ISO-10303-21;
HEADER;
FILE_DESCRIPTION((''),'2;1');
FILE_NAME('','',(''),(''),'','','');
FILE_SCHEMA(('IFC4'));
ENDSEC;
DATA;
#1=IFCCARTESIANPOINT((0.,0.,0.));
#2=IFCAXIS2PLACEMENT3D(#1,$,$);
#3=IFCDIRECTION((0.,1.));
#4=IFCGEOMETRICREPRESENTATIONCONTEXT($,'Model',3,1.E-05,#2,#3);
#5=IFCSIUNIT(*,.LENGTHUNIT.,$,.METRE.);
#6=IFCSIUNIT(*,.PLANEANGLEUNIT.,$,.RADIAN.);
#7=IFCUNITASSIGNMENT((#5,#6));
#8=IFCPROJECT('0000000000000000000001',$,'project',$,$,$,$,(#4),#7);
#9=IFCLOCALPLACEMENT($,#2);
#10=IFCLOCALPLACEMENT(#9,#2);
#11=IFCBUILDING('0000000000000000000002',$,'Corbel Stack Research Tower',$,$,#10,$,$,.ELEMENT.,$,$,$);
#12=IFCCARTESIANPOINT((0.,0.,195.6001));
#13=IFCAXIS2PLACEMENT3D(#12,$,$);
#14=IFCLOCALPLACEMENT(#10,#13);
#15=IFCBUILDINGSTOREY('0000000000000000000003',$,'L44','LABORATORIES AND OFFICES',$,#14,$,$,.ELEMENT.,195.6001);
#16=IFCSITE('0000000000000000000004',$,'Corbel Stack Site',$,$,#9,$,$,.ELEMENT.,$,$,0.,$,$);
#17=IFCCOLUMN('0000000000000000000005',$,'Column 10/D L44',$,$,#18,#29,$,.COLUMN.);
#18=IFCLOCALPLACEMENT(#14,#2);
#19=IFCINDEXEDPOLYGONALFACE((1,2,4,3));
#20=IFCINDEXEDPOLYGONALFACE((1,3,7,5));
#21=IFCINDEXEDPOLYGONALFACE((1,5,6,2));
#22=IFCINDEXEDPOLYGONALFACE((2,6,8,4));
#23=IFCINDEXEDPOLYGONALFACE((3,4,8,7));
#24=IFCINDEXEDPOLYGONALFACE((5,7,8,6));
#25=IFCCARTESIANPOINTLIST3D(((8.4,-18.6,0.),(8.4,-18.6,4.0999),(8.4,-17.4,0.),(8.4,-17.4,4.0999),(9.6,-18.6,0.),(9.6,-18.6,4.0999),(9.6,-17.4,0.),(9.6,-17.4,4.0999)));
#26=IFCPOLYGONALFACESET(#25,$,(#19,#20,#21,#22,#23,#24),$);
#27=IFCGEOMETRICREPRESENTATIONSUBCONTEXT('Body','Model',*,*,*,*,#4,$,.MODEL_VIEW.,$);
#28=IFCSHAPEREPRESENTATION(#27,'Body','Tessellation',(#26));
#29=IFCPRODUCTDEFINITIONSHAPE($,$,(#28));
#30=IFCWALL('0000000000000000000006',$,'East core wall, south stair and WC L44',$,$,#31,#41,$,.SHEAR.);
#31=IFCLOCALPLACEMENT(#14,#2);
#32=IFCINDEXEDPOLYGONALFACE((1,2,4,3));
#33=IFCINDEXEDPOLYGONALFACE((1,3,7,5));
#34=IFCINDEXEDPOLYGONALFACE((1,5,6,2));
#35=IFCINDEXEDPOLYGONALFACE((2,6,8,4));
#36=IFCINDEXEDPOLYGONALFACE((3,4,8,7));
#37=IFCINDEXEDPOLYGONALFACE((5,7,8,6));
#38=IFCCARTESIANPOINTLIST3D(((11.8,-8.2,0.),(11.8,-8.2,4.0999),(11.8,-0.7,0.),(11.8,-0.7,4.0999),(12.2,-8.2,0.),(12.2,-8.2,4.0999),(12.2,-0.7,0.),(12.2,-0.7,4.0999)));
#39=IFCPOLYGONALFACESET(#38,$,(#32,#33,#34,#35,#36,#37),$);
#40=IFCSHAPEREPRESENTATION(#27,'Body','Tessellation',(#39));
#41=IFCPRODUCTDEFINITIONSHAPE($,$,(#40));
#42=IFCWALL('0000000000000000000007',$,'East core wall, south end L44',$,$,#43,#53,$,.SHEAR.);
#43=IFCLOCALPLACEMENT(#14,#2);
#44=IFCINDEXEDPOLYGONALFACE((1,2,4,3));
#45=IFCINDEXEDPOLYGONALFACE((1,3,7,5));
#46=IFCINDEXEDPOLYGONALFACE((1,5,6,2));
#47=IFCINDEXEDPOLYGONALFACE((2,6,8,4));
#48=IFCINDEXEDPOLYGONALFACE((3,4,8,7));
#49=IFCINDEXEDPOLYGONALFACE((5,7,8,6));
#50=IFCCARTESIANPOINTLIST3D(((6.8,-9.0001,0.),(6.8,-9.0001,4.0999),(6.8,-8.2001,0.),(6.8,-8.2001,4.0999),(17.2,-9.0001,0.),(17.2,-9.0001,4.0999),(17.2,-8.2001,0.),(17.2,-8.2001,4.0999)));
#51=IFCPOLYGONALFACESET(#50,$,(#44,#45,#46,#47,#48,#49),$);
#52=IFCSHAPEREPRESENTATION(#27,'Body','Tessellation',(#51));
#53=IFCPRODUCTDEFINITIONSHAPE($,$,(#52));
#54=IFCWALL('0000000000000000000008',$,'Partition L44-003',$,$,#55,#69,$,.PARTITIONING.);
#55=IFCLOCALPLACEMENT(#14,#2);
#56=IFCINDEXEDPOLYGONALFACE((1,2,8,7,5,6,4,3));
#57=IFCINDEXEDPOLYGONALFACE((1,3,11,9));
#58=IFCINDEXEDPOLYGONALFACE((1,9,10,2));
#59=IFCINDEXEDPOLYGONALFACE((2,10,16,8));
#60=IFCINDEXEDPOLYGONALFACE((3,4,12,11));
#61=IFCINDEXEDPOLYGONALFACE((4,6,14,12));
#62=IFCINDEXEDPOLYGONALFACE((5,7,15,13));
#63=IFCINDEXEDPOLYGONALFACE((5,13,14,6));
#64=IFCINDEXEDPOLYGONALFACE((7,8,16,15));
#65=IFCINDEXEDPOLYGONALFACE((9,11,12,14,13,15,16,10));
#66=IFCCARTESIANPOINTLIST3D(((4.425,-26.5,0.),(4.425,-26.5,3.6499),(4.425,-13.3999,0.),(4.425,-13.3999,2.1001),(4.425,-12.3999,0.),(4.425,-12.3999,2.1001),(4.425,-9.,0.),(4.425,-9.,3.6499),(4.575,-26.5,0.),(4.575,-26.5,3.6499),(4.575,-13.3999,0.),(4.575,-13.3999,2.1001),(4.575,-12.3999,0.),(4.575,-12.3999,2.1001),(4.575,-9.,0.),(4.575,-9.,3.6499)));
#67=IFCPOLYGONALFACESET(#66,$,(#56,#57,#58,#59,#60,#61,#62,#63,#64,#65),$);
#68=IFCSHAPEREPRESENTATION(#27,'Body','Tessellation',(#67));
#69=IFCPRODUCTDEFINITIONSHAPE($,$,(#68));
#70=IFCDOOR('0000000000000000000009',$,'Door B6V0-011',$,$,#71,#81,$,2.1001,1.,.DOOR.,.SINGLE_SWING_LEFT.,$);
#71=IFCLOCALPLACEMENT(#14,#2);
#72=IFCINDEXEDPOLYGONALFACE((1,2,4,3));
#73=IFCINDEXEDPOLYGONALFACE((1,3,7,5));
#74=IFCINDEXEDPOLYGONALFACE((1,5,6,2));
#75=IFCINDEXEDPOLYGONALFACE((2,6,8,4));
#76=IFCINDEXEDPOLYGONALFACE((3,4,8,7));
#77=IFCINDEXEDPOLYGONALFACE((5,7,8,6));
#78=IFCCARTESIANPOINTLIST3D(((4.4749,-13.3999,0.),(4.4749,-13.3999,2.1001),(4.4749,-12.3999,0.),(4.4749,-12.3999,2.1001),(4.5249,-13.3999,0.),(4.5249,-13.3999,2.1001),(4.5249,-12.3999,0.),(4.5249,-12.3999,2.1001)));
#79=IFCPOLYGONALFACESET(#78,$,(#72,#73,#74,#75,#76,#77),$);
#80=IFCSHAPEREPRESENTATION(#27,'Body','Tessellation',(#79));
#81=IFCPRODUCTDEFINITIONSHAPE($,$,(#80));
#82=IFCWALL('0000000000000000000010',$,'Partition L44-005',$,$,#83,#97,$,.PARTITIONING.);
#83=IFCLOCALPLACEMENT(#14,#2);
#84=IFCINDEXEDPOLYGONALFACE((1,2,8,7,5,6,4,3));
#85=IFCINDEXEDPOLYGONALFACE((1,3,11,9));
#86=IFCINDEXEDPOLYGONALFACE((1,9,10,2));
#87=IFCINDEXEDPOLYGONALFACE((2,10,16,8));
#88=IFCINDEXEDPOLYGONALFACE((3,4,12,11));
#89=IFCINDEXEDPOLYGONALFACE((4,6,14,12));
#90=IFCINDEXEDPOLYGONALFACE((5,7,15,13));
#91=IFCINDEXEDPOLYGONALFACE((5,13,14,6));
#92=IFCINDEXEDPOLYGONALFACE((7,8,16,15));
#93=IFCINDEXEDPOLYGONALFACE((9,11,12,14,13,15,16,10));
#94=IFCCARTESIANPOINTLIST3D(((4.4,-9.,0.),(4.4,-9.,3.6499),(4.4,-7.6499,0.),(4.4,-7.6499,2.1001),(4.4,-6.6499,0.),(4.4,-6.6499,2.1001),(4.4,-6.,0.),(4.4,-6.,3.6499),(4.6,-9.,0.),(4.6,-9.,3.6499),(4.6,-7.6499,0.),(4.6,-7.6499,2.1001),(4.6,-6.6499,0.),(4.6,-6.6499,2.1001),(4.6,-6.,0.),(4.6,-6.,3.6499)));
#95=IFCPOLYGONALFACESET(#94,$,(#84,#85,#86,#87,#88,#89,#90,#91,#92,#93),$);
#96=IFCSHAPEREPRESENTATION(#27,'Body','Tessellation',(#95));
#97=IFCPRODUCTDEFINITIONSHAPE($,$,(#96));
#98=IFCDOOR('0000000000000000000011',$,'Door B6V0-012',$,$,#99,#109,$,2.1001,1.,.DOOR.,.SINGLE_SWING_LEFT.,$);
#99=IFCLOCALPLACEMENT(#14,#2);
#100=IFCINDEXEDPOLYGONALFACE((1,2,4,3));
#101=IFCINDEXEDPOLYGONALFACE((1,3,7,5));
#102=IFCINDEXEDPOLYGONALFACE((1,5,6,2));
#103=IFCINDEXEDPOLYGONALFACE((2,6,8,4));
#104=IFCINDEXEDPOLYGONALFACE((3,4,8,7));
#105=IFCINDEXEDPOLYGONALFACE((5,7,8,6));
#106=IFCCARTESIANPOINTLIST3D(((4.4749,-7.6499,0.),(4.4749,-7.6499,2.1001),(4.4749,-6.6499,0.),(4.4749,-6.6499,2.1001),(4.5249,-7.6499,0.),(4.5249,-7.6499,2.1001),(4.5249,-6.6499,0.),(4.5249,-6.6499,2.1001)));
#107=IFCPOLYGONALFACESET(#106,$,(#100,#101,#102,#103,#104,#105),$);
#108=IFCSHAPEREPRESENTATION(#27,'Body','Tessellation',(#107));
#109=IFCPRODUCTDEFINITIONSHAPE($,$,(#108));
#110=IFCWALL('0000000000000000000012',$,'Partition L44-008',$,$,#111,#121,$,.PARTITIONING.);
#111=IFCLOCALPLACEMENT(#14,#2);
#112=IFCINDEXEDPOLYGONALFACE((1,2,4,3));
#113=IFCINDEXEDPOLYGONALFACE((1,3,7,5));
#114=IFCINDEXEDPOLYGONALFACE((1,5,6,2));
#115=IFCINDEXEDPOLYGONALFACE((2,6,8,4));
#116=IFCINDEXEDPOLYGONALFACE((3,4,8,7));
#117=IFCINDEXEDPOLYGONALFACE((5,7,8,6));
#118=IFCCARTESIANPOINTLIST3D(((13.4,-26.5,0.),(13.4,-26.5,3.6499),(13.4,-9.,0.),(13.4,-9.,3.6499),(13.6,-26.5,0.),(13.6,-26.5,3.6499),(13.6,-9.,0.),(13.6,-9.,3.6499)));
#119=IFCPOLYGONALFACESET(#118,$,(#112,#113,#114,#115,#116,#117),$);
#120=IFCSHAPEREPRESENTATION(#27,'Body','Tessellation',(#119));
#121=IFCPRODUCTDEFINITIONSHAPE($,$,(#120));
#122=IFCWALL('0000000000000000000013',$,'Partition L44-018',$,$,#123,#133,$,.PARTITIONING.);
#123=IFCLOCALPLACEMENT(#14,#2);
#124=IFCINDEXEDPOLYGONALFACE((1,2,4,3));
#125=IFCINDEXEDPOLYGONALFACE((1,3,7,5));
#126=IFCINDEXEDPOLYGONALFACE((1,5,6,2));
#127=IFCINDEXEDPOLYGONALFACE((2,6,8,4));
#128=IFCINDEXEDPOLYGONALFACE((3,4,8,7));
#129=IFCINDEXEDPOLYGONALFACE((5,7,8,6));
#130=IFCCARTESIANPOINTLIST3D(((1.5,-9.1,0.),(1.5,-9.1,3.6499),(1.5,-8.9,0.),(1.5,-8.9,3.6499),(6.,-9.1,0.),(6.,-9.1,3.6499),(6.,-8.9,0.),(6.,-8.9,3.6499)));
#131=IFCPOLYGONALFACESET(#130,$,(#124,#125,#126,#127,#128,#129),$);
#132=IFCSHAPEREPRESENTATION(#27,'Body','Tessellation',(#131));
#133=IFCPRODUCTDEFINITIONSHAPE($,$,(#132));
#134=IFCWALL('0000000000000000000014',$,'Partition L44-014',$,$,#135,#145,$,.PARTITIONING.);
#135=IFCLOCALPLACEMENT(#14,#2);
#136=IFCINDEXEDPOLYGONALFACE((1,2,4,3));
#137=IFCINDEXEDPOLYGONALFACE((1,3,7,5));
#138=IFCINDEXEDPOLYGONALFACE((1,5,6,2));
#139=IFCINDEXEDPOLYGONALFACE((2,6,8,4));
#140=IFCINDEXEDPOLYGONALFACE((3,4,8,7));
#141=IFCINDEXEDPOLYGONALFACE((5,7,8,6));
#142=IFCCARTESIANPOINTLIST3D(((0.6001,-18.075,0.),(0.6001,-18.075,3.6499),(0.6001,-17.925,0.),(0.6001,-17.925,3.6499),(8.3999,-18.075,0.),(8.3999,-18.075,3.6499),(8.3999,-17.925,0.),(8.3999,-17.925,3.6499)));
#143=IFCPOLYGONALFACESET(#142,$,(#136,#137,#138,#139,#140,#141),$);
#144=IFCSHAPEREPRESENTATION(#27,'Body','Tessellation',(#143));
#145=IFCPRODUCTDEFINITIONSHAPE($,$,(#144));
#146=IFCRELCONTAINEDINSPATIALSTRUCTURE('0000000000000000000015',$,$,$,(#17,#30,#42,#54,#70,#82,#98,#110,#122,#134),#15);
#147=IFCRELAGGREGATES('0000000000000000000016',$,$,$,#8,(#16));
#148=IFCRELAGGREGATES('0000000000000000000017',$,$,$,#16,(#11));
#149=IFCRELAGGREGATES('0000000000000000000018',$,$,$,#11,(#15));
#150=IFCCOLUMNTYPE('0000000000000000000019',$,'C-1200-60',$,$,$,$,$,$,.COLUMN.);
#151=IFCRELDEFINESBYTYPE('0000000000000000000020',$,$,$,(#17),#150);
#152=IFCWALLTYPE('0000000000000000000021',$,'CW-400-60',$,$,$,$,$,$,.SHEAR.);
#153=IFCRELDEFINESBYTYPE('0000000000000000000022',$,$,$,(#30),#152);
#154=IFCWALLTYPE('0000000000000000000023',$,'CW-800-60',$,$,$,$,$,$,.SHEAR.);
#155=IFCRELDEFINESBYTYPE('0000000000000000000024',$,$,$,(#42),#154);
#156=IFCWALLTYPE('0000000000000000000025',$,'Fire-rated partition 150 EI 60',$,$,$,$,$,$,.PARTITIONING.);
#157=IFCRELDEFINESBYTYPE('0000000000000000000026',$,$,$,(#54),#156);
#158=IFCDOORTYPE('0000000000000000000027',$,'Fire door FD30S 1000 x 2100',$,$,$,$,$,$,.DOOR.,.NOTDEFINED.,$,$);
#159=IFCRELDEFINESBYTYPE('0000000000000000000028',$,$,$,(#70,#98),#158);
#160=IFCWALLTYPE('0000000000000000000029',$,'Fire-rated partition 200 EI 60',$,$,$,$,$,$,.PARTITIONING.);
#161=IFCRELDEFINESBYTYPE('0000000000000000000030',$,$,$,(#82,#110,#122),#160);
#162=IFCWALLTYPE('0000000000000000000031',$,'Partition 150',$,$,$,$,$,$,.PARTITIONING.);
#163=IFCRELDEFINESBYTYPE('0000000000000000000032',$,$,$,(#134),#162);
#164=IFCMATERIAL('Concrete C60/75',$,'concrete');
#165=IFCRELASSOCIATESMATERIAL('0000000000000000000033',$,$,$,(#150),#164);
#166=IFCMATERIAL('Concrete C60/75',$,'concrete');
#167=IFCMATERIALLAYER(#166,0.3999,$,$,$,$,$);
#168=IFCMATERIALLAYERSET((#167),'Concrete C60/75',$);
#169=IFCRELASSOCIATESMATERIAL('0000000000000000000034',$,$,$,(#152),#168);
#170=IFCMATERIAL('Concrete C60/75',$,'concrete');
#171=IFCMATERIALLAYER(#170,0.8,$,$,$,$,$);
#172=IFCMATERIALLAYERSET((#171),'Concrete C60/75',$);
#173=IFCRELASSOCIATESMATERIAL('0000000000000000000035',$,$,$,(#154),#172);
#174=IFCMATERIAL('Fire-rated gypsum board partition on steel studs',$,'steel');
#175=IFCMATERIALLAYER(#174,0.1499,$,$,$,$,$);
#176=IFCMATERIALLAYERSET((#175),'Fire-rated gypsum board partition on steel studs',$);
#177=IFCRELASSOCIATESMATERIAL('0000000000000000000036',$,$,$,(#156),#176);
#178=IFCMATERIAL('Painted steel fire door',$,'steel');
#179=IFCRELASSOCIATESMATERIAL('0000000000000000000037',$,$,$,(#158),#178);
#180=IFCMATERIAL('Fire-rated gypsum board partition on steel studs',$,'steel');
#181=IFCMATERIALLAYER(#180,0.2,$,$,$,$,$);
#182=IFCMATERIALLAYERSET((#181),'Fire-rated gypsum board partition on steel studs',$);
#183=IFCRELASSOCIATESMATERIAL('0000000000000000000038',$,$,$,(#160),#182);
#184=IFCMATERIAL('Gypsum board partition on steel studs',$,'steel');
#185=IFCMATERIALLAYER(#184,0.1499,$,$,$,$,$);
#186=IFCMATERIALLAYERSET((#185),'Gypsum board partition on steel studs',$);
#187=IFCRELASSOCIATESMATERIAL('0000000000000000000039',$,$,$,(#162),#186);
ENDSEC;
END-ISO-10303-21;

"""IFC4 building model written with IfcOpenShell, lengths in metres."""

from ifc_helpers import new_model, si_unit, direction, frame, frame_2d, origin, origin_2d, place, context, subcontext, project, spatial, rectangle, extrude, material, layer, layer_set, material_profile, profile_set, type_object, element, fill, save


model = new_model("IFC4")

# Units and contexts
model_context = context("Model", 3, precision=1e-05, world=origin(), true_north=direction((0.0, 1.0)))
body_context = subcontext(model_context, "Body", "Model", "MODEL_VIEW")
ifc_project = project(units=[si_unit("LENGTHUNIT", "METRE"), si_unit("PLANEANGLEUNIT", "RADIAN")], contexts=[model_context])

# Site, building, storey
site_placement = place(None, origin())
site = spatial("IfcSite", under=ifc_project, at=site_placement, Name="Corbel Stack Site", CompositionType="ELEMENT", RefElevation=0.0)
building_placement = place(site_placement, origin())
building = spatial("IfcBuilding", under=site, at=building_placement, Name="Corbel Stack Research Tower", CompositionType="ELEMENT")
storey_placement = place(building_placement, frame((0.0, 0.0, 195.6001)))
storey = spatial("IfcBuildingStorey", under=building, at=storey_placement, Name="L44", Description="LABORATORIES AND OFFICES", CompositionType="ELEMENT", Elevation=195.6001)

# Column
ifc_material_1 = material(Name="Concrete C60/75", Category="concrete")
ifc_material_profile = material_profile(ifc_material_1, rectangle(XDim=1.2, YDim=1.2, at=origin_2d()), Name="RC 1200 x 1200")
ifc_profile_set = profile_set([ifc_material_profile], Name="Concrete C60/75")
column_type = type_object("IfcColumnType", Name="C-1200-60", PredefinedType="COLUMN", material=ifc_profile_set)
column_placement = place(storey_placement, frame((9.0, -18.0, 0.0), z_axis=(0.0, 0.0, 1.0), x_axis=(1.0, 0.0, 0.0)))
element("IfcColumn", 1, at=column_placement, inside=storey, type_object=column_type, Name="Column 10/D L44", PredefinedType="COLUMN", context=body_context, shape_type="SweptSolid", body=[
    extrude(rectangle(XDim=1.2, YDim=1.2, at=origin_2d()), origin(), (0.0, 0.0, 1.0), 4.0999),
])

# Wall
ifc_material_2 = material(Name="Concrete C60/75", Category="concrete")
ifc_layer_1 = layer(ifc_material_2, 0.3999)
ifc_layer_set_1 = layer_set([ifc_layer_1], Name="Concrete C60/75")
wall_type_1 = type_object("IfcWallType", Name="CW-400-60", PredefinedType="SHEAR", material=ifc_layer_set_1)
wall_1_placement = place(storey_placement, frame((12.0, -8.2, 0.0), z_axis=(0.0, 0.0, 1.0), x_axis=(0.0, 1.0, 0.0)))
element("IfcWall", 2, at=wall_1_placement, inside=storey, type_object=wall_type_1, Name="East core wall, south stair and WC L44", PredefinedType="SHEAR", context=body_context, shape_type="SweptSolid", body=[
    extrude(rectangle(XDim=7.5, YDim=0.3999, at=frame_2d((3.75, 0.0))), origin(), (0.0, 0.0, 1.0), 4.0999),
])

# Shared definitions
ifc_material_3 = material(Name="Concrete C60/75", Category="concrete")
ifc_layer_2 = layer(ifc_material_3, 0.8)
ifc_layer_set_2 = layer_set([ifc_layer_2], Name="Concrete C60/75")
wall_type_2 = type_object("IfcWallType", Name="CW-800-60", PredefinedType="SHEAR", material=ifc_layer_set_2)

# Wall
wall_2_placement = place(storey_placement, frame((6.8, -8.6001, 0.0), z_axis=(0.0, 0.0, 1.0), x_axis=(1.0, 0.0, 0.0)))
element("IfcWall", 3, at=wall_2_placement, inside=storey, type_object=wall_type_2, Name="East core wall, south end L44", PredefinedType="SHEAR", context=body_context, shape_type="SweptSolid", body=[
    extrude(rectangle(XDim=10.3999, YDim=0.8, at=frame_2d((5.2, 0.0))), origin(), (0.0, 0.0, 1.0), 4.0999),
])

# Walls, openings, doors
ifc_material_4 = material(Name="Fire-rated gypsum board partition on steel studs", Category="steel")
ifc_layer_3 = layer(ifc_material_4, 0.1499)
ifc_layer_set_3 = layer_set([ifc_layer_3], Name="Fire-rated gypsum board partition on steel studs")
wall_type_3 = type_object("IfcWallType", Name="Fire-rated partition 150 EI 60", PredefinedType="PARTITIONING", material=ifc_layer_set_3)
wall_3_placement = place(storey_placement, frame((4.5, -9.0, 0.0), z_axis=(0.0, 0.0, 1.0), x_axis=(0.0, -1.0, 0.0)))
wall_3 = element("IfcWall", 4, at=wall_3_placement, inside=storey, type_object=wall_type_3, Name="Partition L44-003", PredefinedType="PARTITIONING", context=body_context, shape_type="SweptSolid", body=[
    extrude(rectangle(XDim=17.5, YDim=0.1499, at=frame_2d((8.75, 0.0))), origin(), (0.0, 0.0, 1.0), 3.6499),
])
opening_1_placement = place(wall_3_placement, frame((3.3999, 0.0, 0.0)))
opening_1 = element("IfcOpeningElement", 5, at=opening_1_placement, cuts=wall_3, PredefinedType="OPENING", context=body_context, shape_type="SweptSolid", body=[
    extrude(rectangle(XDim=1.0, YDim=2.1001, at=frame_2d((0.5, 1.05))), frame((0.0, 0.085, 0.0), z_axis=(0.0, -1.0, 0.0), x_axis=(1.0, 0.0, 0.0)), (0.0, 0.0, 1.0), 0.1699),
])
ifc_material_5 = material(Name="Painted steel fire door", Category="steel")
door_type_1 = type_object("IfcDoorType", Name="Fire door FD30S 1000 x 2100", OperationType="NOTDEFINED", PredefinedType="DOOR", material=ifc_material_5)
door_1_placement = place(opening_1_placement, origin())
door_1 = element("IfcDoor", 6, at=door_1_placement, inside=storey, type_object=door_type_1, Name="Door B6V0-011", OperationType="SINGLE_SWING_LEFT", OverallHeight=2.1001, OverallWidth=1.0, PredefinedType="DOOR", context=body_context, shape_type="SweptSolid", body=[
    extrude(rectangle(XDim=1.0, YDim=2.1001, at=frame_2d((0.5, 1.05))), frame((0.0, 0.0249, 0.0), z_axis=(0.0, -1.0, 0.0), x_axis=(1.0, 0.0, 0.0)), (0.0, 0.0, 1.0), 0.05),
])
fill(opening_1, door_1)
ifc_material_6 = material(Name="Fire-rated gypsum board partition on steel studs", Category="steel")
ifc_layer_4 = layer(ifc_material_6, 0.2)
ifc_layer_set_4 = layer_set([ifc_layer_4], Name="Fire-rated gypsum board partition on steel studs")
wall_type_4 = type_object("IfcWallType", Name="Fire-rated partition 200 EI 60", PredefinedType="PARTITIONING", material=ifc_layer_set_4)
wall_4_placement = place(storey_placement, frame((4.5, -6.0, 0.0), z_axis=(0.0, 0.0, 1.0), x_axis=(0.0, -1.0, 0.0)))
wall_4 = element("IfcWall", 7, at=wall_4_placement, inside=storey, type_object=wall_type_4, Name="Partition L44-005", PredefinedType="PARTITIONING", context=body_context, shape_type="SweptSolid", body=[
    extrude(rectangle(XDim=3.0, YDim=0.2, at=frame_2d((1.5, 0.0))), origin(), (0.0, 0.0, 1.0), 3.6499),
])
opening_2_placement = place(wall_4_placement, frame((0.6499, 0.0, 0.0)))
opening_2 = element("IfcOpeningElement", 8, at=opening_2_placement, cuts=wall_4, PredefinedType="OPENING", context=body_context, shape_type="SweptSolid", body=[
    extrude(rectangle(XDim=1.0, YDim=2.1001, at=frame_2d((0.5, 1.05))), frame((0.0, 0.1099, 0.0), z_axis=(0.0, -1.0, 0.0), x_axis=(1.0, 0.0, 0.0)), (0.0, 0.0, 1.0), 0.22),
])
door_2_placement = place(opening_2_placement, origin())
door_2 = element("IfcDoor", 9, at=door_2_placement, inside=storey, type_object=door_type_1, Name="Door B6V0-012", OperationType="SINGLE_SWING_LEFT", OverallHeight=2.1001, OverallWidth=1.0, PredefinedType="DOOR", context=body_context, shape_type="SweptSolid", body=[
    extrude(rectangle(XDim=1.0, YDim=2.1001, at=frame_2d((0.5, 1.05))), frame((0.0, 0.0249, 0.0), z_axis=(0.0, -1.0, 0.0), x_axis=(1.0, 0.0, 0.0)), (0.0, 0.0, 1.0), 0.05),
])
fill(opening_2, door_2)

# Walls
wall_5_placement = place(storey_placement, frame((13.5, -26.5, 0.0), z_axis=(0.0, 0.0, 1.0), x_axis=(0.0, 1.0, 0.0)))
element("IfcWall", 10, at=wall_5_placement, inside=storey, type_object=wall_type_4, Name="Partition L44-008", PredefinedType="PARTITIONING", context=body_context, shape_type="SweptSolid", body=[
    extrude(rectangle(XDim=17.5, YDim=0.2, at=frame_2d((8.75, 0.0))), origin(), (0.0, 0.0, 1.0), 3.6499),
])
wall_6_placement = place(storey_placement, frame((1.5, -9.0, 0.0), z_axis=(0.0, 0.0, 1.0), x_axis=(1.0, 0.0, 0.0)))
element("IfcWall", 11, at=wall_6_placement, inside=storey, type_object=wall_type_4, Name="Partition L44-018", PredefinedType="PARTITIONING", context=body_context, shape_type="SweptSolid", body=[
    extrude(rectangle(XDim=4.5, YDim=0.2, at=frame_2d((2.25, 0.0))), origin(), (0.0, 0.0, 1.0), 3.6499),
])
ifc_material_7 = material(Name="Gypsum board partition on steel studs", Category="steel")
ifc_layer_5 = layer(ifc_material_7, 0.1499)
ifc_layer_set_5 = layer_set([ifc_layer_5], Name="Gypsum board partition on steel studs")
wall_type_5 = type_object("IfcWallType", Name="Partition 150", PredefinedType="PARTITIONING", material=ifc_layer_set_5)
wall_7_placement = place(storey_placement, frame((0.6001, -18.0, 0.0), z_axis=(0.0, 0.0, 1.0), x_axis=(1.0, 0.0, 0.0)))
element("IfcWall", 12, at=wall_7_placement, inside=storey, type_object=wall_type_5, Name="Partition L44-014", PredefinedType="PARTITIONING", context=body_context, shape_type="SweptSolid", body=[
    extrude(rectangle(XDim=7.7998, YDim=0.1499, at=frame_2d((3.8999, 0.0))), origin(), (0.0, 0.0, 1.0), 3.6499),
])

save(model, "model.ifc")
